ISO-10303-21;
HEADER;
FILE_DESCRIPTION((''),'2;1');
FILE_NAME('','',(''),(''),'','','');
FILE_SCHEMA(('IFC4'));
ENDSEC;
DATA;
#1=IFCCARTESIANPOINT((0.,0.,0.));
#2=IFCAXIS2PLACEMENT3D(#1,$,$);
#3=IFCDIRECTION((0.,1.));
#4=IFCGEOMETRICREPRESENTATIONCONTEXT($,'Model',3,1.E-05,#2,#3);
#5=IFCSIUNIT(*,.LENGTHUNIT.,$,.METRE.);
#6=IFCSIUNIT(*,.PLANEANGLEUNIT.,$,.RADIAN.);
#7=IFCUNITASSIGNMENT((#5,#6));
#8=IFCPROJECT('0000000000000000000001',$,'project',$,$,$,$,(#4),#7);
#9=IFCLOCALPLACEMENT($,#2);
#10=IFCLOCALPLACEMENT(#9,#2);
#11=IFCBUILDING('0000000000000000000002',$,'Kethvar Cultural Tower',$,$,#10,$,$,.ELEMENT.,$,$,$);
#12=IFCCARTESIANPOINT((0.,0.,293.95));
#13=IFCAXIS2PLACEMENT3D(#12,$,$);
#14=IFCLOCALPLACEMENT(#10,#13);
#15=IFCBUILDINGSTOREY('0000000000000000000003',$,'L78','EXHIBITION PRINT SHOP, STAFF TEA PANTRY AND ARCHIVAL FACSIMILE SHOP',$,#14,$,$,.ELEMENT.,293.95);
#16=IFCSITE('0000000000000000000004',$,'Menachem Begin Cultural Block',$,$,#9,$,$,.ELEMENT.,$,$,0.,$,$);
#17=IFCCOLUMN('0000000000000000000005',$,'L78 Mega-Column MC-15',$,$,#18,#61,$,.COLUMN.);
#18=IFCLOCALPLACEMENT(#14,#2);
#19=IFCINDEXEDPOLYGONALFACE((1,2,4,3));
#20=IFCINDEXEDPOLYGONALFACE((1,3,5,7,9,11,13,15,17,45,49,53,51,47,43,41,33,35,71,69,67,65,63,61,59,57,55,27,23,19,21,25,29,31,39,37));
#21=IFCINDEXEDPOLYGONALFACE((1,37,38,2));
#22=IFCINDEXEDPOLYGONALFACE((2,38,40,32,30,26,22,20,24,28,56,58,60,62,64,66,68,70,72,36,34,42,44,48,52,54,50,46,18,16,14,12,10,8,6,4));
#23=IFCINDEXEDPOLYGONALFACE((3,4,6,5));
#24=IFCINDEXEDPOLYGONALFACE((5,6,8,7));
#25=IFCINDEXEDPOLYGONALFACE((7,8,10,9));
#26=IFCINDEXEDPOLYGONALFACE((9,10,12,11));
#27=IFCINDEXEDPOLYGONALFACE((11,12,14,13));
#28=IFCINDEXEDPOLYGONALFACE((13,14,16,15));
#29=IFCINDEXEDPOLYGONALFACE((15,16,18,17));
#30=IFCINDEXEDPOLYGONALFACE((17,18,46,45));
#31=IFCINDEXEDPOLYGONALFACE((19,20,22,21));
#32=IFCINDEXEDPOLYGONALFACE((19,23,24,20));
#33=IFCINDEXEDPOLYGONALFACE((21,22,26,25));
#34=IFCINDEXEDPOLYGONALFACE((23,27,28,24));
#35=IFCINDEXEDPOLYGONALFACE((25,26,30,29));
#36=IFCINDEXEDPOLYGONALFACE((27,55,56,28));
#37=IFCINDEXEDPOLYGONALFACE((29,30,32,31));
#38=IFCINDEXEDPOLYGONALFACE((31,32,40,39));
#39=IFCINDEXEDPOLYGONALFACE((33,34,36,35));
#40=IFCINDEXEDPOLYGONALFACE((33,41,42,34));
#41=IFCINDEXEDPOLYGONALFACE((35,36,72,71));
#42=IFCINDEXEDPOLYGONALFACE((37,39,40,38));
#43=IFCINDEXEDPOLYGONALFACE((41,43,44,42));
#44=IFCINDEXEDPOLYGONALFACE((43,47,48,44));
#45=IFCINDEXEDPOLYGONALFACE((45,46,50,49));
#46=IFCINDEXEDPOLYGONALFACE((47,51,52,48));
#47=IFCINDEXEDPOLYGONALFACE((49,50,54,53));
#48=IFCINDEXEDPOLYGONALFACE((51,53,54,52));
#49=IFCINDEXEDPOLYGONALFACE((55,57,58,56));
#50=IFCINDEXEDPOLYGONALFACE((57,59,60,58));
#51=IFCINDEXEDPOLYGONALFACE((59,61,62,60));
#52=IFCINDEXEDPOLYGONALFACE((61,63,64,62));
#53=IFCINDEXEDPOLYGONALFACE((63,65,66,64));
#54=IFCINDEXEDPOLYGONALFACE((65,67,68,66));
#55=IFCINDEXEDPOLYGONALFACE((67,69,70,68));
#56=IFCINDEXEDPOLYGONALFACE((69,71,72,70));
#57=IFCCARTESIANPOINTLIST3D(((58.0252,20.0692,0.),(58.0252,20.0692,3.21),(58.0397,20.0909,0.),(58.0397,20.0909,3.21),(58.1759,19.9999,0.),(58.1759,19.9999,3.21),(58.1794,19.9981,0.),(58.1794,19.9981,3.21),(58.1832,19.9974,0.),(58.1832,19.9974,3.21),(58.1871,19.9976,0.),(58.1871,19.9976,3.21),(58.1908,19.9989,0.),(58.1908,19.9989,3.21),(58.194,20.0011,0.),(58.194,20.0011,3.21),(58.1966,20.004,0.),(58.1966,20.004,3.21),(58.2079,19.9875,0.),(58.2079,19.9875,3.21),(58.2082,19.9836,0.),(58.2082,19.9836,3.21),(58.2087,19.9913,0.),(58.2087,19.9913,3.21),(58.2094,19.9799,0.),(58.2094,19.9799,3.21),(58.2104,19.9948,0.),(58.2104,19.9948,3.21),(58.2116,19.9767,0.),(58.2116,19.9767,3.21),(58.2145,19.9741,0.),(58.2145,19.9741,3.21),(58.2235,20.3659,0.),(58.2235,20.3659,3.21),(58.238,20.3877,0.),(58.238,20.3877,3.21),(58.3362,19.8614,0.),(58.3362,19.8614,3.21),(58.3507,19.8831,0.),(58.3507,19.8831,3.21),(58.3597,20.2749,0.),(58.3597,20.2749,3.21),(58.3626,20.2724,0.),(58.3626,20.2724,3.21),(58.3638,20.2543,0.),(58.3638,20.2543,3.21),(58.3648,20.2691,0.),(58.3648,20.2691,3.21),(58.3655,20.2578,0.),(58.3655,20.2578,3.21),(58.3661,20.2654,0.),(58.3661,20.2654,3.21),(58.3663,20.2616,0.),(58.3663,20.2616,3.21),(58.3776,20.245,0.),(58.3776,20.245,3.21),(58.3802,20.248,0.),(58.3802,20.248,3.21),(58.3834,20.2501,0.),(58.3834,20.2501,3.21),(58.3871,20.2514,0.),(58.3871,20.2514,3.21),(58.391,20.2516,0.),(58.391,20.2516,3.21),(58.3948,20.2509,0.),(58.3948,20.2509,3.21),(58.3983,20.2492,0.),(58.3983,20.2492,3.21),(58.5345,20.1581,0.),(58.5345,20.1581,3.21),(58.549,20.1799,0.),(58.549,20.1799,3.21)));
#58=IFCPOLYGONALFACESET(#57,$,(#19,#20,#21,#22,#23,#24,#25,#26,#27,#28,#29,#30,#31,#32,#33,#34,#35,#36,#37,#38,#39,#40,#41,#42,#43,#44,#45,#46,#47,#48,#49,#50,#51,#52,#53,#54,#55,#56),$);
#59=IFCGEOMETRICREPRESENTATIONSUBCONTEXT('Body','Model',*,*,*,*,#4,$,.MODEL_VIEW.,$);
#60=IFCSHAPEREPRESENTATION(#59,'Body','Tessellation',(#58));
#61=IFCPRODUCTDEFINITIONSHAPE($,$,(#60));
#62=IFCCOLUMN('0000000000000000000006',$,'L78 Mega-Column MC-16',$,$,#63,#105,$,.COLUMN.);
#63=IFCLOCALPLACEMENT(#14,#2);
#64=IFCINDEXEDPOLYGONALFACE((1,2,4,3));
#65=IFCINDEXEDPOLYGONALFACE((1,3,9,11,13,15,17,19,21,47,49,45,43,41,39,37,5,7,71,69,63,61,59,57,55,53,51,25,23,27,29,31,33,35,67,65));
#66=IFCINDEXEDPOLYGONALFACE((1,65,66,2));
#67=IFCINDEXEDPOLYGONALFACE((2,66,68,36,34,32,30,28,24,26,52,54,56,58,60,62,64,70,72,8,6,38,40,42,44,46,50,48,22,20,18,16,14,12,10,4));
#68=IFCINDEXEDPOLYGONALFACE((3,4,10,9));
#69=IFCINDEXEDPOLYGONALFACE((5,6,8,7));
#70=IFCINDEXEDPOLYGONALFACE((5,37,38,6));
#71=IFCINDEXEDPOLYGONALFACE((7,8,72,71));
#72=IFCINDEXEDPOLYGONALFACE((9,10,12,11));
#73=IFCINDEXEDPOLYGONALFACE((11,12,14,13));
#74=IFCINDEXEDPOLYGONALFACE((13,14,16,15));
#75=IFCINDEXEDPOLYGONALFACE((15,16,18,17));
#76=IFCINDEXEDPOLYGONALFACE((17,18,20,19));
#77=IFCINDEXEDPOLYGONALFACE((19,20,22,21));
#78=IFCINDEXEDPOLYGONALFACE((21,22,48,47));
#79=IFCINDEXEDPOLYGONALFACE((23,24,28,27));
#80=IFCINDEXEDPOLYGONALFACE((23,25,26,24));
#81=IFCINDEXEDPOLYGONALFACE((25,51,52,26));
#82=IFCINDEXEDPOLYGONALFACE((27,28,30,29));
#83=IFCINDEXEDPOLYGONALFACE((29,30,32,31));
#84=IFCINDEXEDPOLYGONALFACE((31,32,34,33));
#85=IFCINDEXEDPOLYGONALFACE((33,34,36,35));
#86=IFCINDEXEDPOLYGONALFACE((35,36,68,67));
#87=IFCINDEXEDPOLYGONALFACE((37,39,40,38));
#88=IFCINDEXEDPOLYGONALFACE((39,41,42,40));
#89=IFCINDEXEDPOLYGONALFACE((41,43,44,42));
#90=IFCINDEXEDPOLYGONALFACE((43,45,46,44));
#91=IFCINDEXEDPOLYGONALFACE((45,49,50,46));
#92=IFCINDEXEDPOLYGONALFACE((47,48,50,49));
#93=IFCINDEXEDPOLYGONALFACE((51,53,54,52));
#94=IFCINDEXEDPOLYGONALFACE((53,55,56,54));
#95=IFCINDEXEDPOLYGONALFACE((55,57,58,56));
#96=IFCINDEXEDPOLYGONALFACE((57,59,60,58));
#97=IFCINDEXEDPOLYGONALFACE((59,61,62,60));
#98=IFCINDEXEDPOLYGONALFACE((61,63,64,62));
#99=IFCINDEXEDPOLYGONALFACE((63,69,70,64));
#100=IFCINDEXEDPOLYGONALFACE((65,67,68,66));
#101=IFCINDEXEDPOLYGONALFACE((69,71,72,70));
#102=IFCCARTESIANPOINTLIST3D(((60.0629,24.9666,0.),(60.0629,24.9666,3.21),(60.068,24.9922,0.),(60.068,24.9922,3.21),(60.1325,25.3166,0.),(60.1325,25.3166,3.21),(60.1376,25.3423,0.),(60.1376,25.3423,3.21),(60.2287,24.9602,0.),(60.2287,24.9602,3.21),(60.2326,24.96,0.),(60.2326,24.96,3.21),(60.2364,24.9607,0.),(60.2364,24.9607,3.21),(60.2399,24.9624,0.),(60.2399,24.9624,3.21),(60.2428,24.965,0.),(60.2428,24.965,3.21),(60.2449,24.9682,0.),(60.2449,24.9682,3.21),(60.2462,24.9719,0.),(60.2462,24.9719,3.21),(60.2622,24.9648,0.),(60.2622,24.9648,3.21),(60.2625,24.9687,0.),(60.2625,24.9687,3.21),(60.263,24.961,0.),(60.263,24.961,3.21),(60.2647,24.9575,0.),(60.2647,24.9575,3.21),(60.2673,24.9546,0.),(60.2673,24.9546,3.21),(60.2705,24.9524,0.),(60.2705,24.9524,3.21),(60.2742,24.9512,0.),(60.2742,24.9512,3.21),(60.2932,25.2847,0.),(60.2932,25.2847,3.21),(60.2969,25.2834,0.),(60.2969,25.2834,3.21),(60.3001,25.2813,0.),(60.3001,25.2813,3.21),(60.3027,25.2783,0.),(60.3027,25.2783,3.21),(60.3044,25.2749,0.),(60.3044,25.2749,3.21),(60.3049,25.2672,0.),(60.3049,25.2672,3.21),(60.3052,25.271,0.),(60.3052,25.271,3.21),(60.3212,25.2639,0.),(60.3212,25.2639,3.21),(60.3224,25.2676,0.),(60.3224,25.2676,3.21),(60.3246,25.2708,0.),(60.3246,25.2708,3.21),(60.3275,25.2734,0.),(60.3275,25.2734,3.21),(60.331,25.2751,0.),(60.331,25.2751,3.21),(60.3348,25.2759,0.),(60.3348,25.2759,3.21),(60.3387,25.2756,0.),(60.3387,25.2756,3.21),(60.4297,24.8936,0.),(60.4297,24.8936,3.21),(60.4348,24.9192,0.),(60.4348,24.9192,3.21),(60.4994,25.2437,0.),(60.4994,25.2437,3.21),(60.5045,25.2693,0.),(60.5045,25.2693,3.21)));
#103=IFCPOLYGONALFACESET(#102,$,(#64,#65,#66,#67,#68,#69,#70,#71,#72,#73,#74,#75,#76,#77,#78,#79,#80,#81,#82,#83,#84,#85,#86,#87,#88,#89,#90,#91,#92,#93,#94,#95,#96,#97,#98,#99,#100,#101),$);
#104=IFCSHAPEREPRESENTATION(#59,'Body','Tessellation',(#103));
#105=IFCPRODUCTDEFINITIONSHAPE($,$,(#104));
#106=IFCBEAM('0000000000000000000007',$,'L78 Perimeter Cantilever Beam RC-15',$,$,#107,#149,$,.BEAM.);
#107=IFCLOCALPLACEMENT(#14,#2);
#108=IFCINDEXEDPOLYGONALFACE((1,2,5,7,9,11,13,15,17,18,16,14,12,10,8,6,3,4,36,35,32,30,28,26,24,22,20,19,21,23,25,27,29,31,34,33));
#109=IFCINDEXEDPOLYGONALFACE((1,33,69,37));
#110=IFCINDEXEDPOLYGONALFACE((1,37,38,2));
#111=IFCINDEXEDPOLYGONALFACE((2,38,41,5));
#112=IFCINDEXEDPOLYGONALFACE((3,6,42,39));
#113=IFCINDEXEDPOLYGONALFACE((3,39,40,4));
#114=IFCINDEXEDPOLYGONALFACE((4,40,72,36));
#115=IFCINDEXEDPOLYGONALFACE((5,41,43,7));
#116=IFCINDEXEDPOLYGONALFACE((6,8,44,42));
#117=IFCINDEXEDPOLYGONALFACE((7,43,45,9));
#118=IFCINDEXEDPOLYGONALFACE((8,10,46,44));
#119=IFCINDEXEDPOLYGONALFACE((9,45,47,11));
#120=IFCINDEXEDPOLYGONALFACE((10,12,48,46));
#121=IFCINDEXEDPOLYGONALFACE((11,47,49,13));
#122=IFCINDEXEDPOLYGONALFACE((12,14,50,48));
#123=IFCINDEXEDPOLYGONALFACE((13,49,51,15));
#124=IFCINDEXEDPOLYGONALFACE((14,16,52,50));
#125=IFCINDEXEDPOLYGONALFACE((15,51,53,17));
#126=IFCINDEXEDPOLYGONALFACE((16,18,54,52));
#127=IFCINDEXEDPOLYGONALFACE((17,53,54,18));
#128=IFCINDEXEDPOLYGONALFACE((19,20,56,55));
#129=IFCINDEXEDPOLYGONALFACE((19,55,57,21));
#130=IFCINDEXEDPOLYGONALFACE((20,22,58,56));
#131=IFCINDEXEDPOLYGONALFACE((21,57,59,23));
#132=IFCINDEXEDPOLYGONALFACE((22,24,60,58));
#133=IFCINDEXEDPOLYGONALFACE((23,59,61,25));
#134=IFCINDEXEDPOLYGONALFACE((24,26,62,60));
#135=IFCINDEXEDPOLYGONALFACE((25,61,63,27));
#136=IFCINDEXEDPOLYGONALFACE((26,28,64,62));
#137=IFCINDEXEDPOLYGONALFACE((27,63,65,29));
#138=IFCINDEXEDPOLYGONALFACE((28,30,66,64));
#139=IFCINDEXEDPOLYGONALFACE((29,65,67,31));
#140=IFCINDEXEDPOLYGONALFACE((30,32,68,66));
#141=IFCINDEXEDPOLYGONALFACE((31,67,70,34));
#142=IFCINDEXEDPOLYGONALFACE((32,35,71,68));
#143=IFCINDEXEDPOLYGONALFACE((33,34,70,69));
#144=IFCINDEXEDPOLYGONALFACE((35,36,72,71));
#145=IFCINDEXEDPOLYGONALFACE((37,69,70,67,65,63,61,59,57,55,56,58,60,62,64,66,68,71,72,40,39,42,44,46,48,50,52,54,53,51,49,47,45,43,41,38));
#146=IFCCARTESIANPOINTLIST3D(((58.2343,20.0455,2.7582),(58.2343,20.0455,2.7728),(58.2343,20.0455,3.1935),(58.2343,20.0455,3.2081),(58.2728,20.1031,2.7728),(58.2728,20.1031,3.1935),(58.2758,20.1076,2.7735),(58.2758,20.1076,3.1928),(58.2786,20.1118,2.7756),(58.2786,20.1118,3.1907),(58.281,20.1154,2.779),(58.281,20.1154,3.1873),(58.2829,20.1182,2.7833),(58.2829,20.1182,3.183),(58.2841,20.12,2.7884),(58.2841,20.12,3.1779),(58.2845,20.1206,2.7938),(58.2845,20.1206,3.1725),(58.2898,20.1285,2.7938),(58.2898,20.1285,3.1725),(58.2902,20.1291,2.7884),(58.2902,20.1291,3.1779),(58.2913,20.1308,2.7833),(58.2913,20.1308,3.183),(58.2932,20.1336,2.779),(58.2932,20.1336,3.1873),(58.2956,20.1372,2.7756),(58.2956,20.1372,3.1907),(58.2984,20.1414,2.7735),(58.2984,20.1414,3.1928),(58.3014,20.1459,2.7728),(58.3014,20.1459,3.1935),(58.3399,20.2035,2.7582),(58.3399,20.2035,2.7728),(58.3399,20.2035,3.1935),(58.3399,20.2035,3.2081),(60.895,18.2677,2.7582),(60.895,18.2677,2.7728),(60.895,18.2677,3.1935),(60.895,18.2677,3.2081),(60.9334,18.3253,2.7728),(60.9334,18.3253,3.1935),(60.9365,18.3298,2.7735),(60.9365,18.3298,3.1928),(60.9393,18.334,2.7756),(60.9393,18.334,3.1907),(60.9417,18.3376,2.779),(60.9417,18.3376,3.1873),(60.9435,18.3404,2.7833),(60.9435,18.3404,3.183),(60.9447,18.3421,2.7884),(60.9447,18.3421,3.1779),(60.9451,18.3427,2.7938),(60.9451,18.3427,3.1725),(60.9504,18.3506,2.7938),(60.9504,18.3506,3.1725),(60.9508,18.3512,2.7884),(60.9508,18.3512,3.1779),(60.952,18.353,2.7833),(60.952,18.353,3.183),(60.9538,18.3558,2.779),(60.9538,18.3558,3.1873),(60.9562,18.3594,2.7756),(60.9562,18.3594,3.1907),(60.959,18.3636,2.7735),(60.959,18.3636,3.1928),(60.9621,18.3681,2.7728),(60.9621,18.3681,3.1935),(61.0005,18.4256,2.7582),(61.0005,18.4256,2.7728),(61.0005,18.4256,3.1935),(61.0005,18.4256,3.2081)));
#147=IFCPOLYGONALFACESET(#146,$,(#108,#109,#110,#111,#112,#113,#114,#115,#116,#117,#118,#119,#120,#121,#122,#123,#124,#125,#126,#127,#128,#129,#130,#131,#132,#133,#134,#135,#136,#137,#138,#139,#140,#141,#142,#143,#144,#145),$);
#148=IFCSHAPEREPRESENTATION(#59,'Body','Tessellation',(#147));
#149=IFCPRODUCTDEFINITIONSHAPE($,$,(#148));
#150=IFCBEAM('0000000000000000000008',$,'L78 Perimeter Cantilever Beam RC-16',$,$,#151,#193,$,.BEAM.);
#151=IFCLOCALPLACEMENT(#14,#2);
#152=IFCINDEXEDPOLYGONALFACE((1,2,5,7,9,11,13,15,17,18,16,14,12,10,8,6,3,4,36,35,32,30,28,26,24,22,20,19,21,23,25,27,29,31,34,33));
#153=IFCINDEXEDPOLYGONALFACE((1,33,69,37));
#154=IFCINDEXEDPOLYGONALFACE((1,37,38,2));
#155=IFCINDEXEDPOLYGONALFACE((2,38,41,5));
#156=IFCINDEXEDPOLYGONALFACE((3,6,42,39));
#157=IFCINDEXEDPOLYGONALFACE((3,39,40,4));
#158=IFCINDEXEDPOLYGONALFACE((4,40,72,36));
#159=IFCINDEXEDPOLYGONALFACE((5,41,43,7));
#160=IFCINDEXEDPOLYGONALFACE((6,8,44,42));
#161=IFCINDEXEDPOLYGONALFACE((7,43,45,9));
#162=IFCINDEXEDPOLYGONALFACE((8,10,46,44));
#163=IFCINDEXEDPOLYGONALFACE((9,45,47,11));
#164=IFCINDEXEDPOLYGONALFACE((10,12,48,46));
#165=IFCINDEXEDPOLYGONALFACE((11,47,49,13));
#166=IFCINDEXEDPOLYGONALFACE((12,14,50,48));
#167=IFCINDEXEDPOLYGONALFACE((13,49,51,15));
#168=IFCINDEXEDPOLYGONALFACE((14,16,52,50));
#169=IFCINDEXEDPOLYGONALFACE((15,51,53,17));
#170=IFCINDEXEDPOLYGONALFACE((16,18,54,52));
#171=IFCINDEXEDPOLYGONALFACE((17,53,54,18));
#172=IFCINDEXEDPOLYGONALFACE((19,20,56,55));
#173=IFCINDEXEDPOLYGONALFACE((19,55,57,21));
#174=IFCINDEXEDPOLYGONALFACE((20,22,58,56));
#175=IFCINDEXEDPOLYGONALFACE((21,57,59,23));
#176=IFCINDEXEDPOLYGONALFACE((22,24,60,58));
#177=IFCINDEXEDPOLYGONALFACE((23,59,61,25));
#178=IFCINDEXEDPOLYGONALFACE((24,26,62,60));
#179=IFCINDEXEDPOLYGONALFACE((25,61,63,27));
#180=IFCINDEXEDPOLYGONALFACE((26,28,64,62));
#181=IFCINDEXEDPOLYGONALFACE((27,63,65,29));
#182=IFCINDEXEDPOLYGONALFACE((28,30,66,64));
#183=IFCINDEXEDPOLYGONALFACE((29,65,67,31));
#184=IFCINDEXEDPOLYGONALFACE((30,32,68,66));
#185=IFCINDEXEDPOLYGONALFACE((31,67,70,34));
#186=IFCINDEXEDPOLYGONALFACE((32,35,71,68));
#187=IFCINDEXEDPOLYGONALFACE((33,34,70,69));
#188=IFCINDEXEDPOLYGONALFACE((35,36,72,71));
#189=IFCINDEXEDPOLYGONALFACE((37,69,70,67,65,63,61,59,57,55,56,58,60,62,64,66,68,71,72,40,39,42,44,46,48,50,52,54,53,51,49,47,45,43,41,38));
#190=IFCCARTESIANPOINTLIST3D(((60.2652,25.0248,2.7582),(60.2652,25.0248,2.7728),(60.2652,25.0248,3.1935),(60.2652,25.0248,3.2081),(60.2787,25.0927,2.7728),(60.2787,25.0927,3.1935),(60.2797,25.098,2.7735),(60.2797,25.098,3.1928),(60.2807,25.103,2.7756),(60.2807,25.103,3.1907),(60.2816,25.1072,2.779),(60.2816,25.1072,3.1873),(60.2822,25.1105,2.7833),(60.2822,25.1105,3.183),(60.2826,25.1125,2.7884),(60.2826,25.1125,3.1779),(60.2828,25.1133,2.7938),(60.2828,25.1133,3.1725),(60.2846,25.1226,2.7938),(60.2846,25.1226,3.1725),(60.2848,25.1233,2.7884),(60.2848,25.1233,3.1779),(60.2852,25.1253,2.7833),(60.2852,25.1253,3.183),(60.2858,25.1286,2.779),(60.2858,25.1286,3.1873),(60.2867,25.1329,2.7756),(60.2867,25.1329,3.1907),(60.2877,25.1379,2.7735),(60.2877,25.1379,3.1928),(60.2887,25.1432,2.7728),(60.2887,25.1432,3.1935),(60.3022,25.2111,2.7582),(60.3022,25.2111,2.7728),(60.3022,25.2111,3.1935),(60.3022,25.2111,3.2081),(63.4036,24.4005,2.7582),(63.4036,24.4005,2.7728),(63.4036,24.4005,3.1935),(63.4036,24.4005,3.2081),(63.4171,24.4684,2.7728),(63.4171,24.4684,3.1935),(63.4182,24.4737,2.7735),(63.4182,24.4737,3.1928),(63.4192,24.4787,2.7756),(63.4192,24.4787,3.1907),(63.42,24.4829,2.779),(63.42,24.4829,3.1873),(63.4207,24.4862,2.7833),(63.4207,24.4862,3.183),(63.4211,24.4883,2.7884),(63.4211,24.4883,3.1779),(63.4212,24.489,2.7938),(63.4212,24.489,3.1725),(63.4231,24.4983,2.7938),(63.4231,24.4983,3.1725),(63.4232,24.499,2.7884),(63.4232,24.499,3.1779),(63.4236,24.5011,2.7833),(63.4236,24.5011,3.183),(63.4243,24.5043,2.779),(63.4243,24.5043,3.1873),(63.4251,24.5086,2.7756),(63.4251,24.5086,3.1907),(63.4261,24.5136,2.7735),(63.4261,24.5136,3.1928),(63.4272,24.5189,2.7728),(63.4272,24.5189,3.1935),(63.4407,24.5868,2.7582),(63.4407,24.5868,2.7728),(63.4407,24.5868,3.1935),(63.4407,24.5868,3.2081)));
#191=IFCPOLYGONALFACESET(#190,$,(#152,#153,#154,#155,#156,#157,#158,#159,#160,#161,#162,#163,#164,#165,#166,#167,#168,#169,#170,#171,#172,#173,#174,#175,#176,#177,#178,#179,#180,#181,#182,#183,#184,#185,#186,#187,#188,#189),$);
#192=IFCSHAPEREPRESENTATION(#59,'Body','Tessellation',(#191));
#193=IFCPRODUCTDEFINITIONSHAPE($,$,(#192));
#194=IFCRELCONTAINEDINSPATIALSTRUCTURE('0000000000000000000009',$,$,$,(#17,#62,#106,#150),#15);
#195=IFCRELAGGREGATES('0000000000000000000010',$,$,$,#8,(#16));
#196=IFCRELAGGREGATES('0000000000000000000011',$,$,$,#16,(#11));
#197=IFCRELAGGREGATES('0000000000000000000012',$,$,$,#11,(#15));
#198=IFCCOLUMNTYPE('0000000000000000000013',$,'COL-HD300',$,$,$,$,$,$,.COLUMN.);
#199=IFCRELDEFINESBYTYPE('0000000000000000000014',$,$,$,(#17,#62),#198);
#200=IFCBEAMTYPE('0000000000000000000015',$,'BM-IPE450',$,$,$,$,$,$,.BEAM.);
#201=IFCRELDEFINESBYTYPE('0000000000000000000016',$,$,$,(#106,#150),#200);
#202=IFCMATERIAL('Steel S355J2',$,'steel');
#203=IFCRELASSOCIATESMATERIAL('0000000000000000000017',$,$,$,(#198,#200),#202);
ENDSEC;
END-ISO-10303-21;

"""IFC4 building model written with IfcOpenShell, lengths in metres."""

from ifc_helpers import new_model, si_unit, direction, frame, origin, origin_2d, place, context, subcontext, project, spatial, i_section, extrude, source, transform, mapped, material, material_profile, profile_set, type_object, element, save


model = new_model("IFC4")

# Units and contexts
model_context = context("Model", 3, precision=1e-05, world=origin(), true_north=direction((0.0, 1.0)))
body_context = subcontext(model_context, "Body", "Model", "MODEL_VIEW")
ifc_project = project(units=[si_unit("LENGTHUNIT", "METRE"), si_unit("PLANEANGLEUNIT", "RADIAN")], contexts=[model_context])

# Site, building, storey
site_placement = place(None, origin())
site = spatial("IfcSite", under=ifc_project, at=site_placement, Name="Menachem Begin Cultural Block", CompositionType="ELEMENT", RefElevation=0.0)
building_placement = place(site_placement, origin())
building = spatial("IfcBuilding", under=site, at=building_placement, Name="Kethvar Cultural Tower", CompositionType="ELEMENT")
storey_placement = place(building_placement, frame((0.0, 0.0, 293.95)))
storey = spatial("IfcBuildingStorey", under=building, at=storey_placement, Name="L78", Description="EXHIBITION PRINT SHOP, STAFF TEA PANTRY AND ARCHIVAL FACSIMILE SHOP", CompositionType="ELEMENT", Elevation=293.95)

# Columns
ifc_material_1 = material(Name="Steel S355J2", Category="steel")
ifc_material_profile_1 = material_profile(ifc_material_1, i_section(OverallWidth=0.374, OverallDepth=0.3831, WebThickness=0.0166, FlangeThickness=0.0261, FilletRadius=0.0149, at=origin_2d()), Name="Steel S355J2 — HD360x300")
ifc_profile_set_1 = profile_set([ifc_material_profile_1], Name="Steel S355J2 — HD360x300")
column_type = type_object("IfcColumnType", Name="COL-HD300", PredefinedType="COLUMN", material=ifc_profile_set_1)
shared_shape_1 = source(origin(), body_context, "Body", "SweptSolid", [
    extrude(i_section(OverallWidth=0.374, OverallDepth=0.3831, WebThickness=0.0166, FlangeThickness=0.0261, FilletRadius=0.0149, at=origin_2d()), origin(), (0.0, 0.0, 1.0), 3.21),
])
for number, where, z_axis, x_axis, name in (
    (1, (58.2871, 20.1245, 0.0), (0.0, 0.0, 1.0), (0.83147, -0.55557, 0.0), "L78 Mega-Column MC-15"),
    (2, (60.2837, 25.1179, 0.0), (0.0, 0.0, 1.0), (0.980785, -0.19509, 0.0), "L78 Mega-Column MC-16"),
):
    element("IfcColumn", number, at=place(storey_placement, frame(where, z_axis=z_axis, x_axis=x_axis)), inside=storey, type_object=column_type, Name=name, PredefinedType="COLUMN", context=body_context, shape_type="MappedRepresentation", body=[
        mapped(shared_shape_1, transform((0.0, 0.0, 0.0), scale=1.0)),
    ])

# Beams
ifc_material_profile_2 = material_profile(ifc_material_1, i_section(OverallWidth=0.1899, OverallDepth=0.45, WebThickness=0.0095, FlangeThickness=0.0146, FilletRadius=0.021, at=origin_2d()), Name="Steel S355J2 — IPE450")
ifc_profile_set_2 = profile_set([ifc_material_profile_2], Name="Steel S355J2 — IPE450")
beam_type_1 = type_object("IfcBeamType", Name="BM-IPE450", PredefinedType="BEAM", material=ifc_profile_set_2)
shared_shape_2 = source(origin(), body_context, "Body", "SweptSolid", [
    extrude(i_section(OverallWidth=0.1899, OverallDepth=0.45, WebThickness=0.0095, FlangeThickness=0.0146, FilletRadius=0.021, at=origin_2d()), origin(), (0.0, 0.0, 1.0), 3.2),
])
for number, where, z_axis, x_axis, name in (
    (3, (58.2871, 20.1245, 2.9832), (0.831463, -0.55558, 0.0), (0.55558, 0.831463, 0.0), "L78 Perimeter Cantilever Beam RC-15"),
    (4, (60.2837, 25.1179, 2.9832), (0.980786, -0.195089, 0.0), (0.195089, 0.980786, 0.0), "L78 Perimeter Cantilever Beam RC-16"),
):
    element("IfcBeam", number, at=place(storey_placement, frame(where, z_axis=z_axis, x_axis=x_axis)), inside=storey, type_object=beam_type_1, Name=name, PredefinedType="BEAM", context=body_context, shape_type="MappedRepresentation", body=[
        mapped(shared_shape_2, transform((0.0, 0.0, 0.0), scale=1.0)),
    ])

save(model, "model.ifc")
